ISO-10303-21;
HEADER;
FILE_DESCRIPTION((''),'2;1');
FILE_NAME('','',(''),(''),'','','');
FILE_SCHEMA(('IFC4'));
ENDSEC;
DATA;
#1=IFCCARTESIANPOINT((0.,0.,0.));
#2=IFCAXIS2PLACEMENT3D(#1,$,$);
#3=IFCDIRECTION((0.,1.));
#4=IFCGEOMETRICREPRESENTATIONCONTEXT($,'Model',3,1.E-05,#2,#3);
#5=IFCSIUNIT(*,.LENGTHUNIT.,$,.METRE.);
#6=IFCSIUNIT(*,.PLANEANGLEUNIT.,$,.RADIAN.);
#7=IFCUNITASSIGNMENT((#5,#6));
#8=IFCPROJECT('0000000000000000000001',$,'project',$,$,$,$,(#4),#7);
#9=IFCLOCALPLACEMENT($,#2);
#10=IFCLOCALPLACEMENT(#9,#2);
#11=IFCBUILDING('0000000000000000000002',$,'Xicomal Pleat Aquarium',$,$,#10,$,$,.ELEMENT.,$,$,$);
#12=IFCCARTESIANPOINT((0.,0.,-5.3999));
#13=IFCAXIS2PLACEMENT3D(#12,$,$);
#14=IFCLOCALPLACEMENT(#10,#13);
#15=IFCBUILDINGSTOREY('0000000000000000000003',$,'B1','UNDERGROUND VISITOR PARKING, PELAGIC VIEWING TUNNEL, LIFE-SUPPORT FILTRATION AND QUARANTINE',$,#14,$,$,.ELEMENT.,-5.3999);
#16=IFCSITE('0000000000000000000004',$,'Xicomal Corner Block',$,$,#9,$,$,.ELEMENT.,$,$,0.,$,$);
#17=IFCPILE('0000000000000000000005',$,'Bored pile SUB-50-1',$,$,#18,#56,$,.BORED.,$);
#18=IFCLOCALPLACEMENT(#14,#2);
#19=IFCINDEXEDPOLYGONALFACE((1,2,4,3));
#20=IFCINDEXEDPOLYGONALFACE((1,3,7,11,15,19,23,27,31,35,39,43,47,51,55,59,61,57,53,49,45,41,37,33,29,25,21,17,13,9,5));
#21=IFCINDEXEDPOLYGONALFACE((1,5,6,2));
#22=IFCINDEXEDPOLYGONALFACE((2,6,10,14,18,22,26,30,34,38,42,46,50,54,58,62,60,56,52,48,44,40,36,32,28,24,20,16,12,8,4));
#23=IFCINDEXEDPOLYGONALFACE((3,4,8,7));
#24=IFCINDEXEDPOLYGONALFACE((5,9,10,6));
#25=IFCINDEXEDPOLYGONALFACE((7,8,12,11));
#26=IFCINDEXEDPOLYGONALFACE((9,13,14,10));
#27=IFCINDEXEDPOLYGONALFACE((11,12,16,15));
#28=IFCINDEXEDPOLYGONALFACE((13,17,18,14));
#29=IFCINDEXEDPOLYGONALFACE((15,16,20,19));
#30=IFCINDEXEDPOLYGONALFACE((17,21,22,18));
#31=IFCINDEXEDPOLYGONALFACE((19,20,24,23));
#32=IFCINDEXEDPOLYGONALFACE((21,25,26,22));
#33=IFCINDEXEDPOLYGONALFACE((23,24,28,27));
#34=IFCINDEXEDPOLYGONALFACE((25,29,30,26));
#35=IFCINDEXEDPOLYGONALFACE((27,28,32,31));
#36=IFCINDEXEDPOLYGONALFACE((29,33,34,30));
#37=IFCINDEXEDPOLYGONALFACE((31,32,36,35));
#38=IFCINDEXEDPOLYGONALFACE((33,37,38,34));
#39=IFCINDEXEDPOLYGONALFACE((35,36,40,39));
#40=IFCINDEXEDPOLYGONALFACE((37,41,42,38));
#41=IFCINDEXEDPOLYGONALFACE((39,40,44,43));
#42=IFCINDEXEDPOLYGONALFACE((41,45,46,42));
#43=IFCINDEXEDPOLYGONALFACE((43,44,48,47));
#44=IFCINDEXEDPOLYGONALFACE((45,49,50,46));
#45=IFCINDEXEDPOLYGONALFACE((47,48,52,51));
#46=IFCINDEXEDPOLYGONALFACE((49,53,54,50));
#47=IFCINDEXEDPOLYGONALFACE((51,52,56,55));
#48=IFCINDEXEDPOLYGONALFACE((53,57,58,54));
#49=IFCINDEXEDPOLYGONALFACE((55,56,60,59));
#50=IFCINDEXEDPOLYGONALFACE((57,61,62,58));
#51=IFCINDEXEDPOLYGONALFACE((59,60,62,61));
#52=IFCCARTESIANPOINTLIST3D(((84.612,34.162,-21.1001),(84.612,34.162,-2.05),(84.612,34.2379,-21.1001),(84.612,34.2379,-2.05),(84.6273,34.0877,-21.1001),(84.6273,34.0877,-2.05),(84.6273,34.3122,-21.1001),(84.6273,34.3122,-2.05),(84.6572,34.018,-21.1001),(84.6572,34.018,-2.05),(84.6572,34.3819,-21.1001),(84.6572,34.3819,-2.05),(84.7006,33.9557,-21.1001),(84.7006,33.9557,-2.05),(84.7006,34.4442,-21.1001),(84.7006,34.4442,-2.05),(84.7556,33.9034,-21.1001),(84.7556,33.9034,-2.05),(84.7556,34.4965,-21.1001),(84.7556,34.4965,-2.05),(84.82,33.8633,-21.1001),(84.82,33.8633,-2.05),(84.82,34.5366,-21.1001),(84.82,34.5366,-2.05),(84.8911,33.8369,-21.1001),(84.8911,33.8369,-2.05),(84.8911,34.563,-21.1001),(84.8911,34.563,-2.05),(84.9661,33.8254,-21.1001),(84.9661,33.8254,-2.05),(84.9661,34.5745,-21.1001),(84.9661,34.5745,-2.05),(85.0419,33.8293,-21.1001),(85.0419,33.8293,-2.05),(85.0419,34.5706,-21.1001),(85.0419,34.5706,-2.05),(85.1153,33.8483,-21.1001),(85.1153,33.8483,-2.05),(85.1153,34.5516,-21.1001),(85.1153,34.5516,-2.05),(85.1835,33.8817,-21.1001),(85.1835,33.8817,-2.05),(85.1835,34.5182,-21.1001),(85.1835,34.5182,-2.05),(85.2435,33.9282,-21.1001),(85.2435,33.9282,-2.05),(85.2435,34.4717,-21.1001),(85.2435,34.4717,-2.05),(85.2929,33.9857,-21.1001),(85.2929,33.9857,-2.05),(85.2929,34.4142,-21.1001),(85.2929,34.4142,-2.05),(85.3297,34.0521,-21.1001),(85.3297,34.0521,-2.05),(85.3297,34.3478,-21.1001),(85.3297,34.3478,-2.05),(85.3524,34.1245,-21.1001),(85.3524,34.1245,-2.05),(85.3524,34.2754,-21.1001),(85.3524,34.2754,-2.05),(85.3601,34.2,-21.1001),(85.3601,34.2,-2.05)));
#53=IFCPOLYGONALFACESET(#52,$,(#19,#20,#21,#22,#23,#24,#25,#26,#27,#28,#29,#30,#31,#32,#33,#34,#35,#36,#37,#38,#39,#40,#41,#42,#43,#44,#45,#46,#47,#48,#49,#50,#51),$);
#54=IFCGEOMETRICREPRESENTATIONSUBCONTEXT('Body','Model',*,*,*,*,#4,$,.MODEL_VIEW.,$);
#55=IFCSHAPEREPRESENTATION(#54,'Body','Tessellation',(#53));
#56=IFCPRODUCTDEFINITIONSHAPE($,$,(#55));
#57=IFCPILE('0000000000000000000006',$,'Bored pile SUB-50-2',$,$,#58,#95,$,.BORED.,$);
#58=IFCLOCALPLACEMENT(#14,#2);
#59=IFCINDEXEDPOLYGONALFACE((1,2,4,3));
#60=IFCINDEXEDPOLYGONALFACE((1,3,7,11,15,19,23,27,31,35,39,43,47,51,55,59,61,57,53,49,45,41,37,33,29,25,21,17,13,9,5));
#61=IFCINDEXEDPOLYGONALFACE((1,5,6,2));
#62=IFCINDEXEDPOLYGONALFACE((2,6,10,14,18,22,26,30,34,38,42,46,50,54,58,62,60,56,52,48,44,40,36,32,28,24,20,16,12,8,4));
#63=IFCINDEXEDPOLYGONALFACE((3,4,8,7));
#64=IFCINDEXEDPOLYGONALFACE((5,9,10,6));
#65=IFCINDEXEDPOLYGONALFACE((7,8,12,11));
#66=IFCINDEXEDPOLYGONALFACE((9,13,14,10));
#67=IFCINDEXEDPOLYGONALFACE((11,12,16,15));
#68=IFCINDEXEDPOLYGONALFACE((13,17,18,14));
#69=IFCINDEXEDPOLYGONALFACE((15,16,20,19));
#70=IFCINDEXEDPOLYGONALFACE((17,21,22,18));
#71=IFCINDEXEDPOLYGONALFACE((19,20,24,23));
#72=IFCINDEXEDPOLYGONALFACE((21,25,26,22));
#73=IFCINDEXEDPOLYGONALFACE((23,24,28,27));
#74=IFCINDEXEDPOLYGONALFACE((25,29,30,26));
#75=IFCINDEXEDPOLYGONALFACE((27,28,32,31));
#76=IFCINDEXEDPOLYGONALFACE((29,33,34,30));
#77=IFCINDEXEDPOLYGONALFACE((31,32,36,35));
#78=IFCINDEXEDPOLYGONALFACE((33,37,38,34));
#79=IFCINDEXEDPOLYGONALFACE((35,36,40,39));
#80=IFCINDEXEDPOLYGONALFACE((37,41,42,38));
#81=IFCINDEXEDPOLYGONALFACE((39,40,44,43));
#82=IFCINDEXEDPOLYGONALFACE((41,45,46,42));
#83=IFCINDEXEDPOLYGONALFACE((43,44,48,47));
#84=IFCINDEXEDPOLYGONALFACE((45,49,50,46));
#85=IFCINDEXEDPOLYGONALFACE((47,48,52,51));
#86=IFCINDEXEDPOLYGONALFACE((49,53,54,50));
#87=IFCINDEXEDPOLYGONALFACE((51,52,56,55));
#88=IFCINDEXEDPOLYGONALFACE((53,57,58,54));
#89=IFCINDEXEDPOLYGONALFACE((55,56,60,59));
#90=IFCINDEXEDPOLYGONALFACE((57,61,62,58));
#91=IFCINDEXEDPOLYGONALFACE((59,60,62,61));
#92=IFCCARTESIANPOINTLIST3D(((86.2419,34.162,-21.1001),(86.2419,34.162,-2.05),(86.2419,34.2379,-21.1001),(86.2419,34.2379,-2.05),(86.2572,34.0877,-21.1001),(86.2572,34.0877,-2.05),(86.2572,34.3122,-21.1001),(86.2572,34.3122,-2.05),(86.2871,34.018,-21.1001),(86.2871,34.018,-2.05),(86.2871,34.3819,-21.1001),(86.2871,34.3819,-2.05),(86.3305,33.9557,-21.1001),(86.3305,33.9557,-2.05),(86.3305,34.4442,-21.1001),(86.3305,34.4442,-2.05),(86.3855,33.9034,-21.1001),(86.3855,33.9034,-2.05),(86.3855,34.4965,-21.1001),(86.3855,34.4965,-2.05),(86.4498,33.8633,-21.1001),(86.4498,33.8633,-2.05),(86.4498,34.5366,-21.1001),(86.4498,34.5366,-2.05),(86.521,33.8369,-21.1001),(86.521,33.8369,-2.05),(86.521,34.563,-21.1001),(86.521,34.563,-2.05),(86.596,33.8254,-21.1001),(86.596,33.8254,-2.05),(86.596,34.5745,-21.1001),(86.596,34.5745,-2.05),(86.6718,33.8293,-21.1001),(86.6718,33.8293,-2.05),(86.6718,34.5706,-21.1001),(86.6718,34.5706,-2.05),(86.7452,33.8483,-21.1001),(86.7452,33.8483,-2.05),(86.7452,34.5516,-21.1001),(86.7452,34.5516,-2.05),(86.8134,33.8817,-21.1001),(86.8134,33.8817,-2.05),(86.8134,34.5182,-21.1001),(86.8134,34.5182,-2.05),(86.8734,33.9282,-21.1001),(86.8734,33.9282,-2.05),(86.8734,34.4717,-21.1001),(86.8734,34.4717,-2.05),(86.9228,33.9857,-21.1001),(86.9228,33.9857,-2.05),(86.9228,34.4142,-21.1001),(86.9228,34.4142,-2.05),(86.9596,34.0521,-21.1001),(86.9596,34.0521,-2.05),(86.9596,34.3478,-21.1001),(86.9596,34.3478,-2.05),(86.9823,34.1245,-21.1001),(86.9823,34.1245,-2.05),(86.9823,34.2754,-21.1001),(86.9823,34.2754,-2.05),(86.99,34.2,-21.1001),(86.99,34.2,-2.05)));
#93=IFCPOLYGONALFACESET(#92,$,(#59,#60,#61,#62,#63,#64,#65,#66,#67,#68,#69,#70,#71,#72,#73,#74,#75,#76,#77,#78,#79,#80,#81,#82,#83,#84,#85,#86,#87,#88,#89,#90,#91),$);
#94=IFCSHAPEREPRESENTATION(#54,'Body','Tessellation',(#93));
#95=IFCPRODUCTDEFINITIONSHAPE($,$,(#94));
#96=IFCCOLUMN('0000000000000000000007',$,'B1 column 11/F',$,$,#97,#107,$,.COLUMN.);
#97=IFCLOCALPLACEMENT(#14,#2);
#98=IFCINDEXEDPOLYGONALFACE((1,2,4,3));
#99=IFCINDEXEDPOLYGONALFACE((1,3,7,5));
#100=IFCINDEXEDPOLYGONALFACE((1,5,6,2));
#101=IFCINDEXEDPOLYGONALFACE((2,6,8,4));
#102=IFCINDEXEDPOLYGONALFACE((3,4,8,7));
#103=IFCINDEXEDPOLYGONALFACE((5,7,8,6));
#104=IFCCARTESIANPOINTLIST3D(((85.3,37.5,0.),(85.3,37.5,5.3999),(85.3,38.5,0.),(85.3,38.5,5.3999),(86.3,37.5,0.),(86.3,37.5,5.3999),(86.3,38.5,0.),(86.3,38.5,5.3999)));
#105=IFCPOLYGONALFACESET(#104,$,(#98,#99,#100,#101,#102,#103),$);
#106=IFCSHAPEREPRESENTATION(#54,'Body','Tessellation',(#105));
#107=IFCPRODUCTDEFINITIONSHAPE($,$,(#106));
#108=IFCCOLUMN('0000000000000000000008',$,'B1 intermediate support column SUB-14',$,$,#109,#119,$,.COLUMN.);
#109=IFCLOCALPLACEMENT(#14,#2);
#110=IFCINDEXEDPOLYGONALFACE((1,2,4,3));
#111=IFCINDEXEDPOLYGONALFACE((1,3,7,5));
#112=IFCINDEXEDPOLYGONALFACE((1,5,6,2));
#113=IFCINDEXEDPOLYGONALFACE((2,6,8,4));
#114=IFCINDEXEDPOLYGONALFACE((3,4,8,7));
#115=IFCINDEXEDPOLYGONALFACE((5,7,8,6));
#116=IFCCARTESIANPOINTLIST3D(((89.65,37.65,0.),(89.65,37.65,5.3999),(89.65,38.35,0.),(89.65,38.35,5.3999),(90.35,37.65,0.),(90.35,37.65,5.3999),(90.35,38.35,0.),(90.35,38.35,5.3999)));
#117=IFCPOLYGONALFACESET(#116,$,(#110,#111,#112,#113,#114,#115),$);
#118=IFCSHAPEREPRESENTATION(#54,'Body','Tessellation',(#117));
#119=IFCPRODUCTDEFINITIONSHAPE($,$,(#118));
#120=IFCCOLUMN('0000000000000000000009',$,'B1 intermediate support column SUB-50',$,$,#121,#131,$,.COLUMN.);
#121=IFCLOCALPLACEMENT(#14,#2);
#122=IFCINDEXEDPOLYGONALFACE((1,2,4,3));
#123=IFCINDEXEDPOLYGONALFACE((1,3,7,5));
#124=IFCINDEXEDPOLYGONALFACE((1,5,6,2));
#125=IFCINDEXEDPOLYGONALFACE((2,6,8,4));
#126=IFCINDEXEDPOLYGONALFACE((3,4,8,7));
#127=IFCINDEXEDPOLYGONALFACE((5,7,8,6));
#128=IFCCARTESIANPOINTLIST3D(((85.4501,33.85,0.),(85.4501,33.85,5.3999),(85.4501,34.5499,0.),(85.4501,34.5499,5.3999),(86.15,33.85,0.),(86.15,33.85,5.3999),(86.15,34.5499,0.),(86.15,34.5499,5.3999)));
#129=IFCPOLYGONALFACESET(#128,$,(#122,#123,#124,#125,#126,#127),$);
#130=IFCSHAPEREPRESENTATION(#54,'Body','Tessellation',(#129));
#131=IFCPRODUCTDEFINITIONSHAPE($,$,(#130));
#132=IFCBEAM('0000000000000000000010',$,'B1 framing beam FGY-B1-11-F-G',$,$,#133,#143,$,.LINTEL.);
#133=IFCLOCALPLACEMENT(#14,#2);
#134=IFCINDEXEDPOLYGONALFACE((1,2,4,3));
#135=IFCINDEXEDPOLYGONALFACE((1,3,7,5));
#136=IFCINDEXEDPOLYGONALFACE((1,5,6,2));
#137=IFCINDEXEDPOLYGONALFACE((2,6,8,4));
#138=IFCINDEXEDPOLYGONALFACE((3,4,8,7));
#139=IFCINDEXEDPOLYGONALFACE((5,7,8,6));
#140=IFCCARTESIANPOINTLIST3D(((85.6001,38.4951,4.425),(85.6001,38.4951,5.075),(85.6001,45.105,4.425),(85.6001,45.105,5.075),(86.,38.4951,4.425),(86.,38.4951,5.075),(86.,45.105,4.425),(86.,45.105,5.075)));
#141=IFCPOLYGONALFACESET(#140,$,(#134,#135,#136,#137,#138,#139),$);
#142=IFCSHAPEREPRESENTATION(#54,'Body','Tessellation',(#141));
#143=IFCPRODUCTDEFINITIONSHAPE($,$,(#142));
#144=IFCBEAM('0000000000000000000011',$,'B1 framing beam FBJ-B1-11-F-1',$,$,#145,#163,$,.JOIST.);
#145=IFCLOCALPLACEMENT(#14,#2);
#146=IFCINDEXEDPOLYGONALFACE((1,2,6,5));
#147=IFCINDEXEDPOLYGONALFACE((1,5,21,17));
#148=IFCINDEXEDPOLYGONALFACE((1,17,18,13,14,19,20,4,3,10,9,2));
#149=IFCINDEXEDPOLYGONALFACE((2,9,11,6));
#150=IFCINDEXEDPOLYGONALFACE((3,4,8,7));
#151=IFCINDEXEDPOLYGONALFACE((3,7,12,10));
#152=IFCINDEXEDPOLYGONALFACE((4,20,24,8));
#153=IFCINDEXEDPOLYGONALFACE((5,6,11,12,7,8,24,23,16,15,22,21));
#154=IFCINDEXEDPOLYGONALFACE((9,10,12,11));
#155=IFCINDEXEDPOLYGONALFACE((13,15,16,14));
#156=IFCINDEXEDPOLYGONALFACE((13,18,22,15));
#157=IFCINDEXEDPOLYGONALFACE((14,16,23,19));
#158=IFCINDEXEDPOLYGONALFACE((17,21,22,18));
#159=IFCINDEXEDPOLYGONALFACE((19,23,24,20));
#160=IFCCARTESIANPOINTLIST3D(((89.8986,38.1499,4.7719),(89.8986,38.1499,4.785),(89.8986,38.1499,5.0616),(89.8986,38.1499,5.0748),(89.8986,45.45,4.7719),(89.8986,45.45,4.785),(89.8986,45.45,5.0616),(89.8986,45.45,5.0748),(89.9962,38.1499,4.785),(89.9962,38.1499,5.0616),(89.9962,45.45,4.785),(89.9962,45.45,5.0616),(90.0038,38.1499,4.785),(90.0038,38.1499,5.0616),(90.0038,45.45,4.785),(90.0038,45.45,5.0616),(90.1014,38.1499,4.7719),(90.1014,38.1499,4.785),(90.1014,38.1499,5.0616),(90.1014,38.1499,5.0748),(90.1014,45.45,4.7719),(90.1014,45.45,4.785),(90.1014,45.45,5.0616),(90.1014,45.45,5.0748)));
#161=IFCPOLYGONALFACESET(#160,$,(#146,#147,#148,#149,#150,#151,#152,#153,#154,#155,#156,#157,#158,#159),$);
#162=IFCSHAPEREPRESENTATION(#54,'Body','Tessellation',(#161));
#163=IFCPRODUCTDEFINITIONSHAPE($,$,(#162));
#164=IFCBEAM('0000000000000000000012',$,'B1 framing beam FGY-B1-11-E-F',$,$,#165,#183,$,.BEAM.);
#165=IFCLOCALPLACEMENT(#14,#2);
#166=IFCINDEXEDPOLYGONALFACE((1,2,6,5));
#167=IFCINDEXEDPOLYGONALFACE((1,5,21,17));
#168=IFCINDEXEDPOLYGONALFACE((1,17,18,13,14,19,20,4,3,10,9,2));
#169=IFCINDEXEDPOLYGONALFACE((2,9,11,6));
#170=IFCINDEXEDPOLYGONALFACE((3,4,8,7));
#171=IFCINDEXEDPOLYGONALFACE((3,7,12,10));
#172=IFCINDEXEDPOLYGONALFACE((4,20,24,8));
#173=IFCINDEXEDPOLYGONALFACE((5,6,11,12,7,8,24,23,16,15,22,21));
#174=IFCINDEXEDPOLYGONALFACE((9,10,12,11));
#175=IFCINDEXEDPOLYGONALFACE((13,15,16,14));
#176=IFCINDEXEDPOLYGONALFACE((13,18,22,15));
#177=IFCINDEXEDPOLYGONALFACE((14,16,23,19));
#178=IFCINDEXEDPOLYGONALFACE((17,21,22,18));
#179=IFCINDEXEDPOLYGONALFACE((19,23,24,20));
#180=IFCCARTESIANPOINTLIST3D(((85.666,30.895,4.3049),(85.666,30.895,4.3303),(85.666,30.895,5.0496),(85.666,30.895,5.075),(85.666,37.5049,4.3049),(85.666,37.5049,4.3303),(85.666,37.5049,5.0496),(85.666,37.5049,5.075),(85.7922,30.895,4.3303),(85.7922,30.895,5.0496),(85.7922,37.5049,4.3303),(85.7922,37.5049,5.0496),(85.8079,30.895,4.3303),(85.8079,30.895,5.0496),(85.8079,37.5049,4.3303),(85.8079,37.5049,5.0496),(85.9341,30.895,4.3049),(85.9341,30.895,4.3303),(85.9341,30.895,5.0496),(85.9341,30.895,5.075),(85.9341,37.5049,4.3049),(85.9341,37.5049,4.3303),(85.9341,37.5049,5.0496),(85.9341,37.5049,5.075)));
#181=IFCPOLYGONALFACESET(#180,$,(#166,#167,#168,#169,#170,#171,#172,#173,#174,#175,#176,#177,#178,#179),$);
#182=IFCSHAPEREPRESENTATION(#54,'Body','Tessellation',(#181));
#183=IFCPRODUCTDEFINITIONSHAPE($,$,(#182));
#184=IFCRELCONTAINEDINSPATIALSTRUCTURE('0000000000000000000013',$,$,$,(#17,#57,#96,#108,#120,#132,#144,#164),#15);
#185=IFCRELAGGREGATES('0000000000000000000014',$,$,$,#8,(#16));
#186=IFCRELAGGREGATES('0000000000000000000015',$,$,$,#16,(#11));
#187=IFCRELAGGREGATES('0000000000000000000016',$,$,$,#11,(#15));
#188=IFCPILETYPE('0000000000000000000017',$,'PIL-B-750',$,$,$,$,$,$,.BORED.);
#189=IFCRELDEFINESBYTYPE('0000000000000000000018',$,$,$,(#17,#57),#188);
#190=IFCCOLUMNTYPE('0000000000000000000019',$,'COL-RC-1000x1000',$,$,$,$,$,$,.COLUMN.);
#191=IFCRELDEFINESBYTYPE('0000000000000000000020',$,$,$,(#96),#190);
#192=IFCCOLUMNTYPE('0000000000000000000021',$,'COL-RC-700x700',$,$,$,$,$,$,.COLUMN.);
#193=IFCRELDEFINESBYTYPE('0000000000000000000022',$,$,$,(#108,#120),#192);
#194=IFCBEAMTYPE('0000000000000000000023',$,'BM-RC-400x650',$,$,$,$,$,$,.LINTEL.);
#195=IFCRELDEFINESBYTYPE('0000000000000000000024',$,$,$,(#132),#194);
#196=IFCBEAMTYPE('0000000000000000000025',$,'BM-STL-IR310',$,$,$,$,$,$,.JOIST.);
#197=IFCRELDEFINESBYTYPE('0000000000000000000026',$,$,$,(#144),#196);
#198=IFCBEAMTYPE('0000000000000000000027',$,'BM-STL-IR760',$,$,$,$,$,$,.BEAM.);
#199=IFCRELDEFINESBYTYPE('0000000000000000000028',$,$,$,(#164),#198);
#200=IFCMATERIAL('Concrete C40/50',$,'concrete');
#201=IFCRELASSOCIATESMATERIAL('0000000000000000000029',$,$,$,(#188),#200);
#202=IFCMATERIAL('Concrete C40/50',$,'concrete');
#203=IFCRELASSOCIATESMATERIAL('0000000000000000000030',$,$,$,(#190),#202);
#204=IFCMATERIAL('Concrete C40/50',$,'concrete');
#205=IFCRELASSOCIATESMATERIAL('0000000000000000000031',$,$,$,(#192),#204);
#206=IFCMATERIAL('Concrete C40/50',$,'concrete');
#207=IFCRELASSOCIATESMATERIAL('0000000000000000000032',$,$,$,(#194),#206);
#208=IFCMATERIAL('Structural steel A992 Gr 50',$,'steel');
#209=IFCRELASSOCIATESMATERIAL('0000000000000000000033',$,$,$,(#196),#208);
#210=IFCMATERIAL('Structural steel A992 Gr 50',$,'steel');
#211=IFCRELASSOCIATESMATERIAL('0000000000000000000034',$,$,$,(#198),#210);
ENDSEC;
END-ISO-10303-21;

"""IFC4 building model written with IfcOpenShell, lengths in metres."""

from ifc_helpers import new_model, si_unit, direction, frame, origin, origin_2d, place, context, subcontext, project, spatial, rectangle, circle, i_section, extrude, material, material_profile, profile_set, type_object, element, save


model = new_model("IFC4")

# Units and contexts
model_context = context("Model", 3, precision=1e-05, world=origin(), true_north=direction((0.0, 1.0)))
body_context = subcontext(model_context, "Body", "Model", "MODEL_VIEW")
ifc_project = project(units=[si_unit("LENGTHUNIT", "METRE"), si_unit("PLANEANGLEUNIT", "RADIAN")], contexts=[model_context])

# Site, building, storey
site_placement = place(None, origin())
site = spatial("IfcSite", under=ifc_project, at=site_placement, Name="Xicomal Corner Block", CompositionType="ELEMENT", RefElevation=0.0)
building_placement = place(site_placement, origin())
building = spatial("IfcBuilding", under=site, at=building_placement, Name="Xicomal Pleat Aquarium", CompositionType="ELEMENT")
storey_placement = place(building_placement, frame((0.0, 0.0, -5.3999)))
storey = spatial("IfcBuildingStorey", under=building, at=storey_placement, Name="B1", Description="UNDERGROUND VISITOR PARKING, PELAGIC VIEWING TUNNEL, LIFE-SUPPORT FILTRATION AND QUARANTINE", CompositionType="ELEMENT", Elevation=-5.3999)

# Piles
ifc_material_1 = material(Name="Concrete C40/50", Category="concrete")
ifc_material_profile_1 = material_profile(ifc_material_1, circle(Radius=0.375, at=origin_2d()), Name="BORED PILE D750")
ifc_profile_set_1 = profile_set([ifc_material_profile_1], Name="Concrete C40/50")
pile_type_1 = type_object("IfcPileType", Name="PIL-B-750", PredefinedType="BORED", material=ifc_profile_set_1)
for number, where, z_axis, x_axis, name in (
    (1, (84.9851, 34.2, -2.05), (0.0, 0.0, -1.0), (1.0, 0.0, 0.0), "Bored pile SUB-50-1"),
    (2, (86.615, 34.2, -2.05), (0.0, 0.0, -1.0), (1.0, 0.0, 0.0), "Bored pile SUB-50-2"),
):
    element("IfcPile", number, at=place(storey_placement, frame(where, z_axis=z_axis, x_axis=x_axis)), inside=storey, type_object=pile_type_1, Name=name, PredefinedType="BORED", context=body_context, shape_type="SweptSolid", body=[
        extrude(circle(Radius=0.375, at=origin_2d()), origin(), (0.0, 0.0, 1.0), 19.05),
    ])

# Columns
ifc_material_2 = material(Name="Concrete C40/50", Category="concrete")
ifc_material_profile_2 = material_profile(ifc_material_2, rectangle(XDim=1.0, YDim=1.0, at=origin_2d()), Name="RC 1000x1000")
ifc_profile_set_2 = profile_set([ifc_material_profile_2], Name="Concrete C40/50")
column_type_1 = type_object("IfcColumnType", Name="COL-RC-1000x1000", PredefinedType="COLUMN", material=ifc_profile_set_2)
column_placement = place(storey_placement, frame((85.8, 38.0, 0.0), z_axis=(0.0, 0.0, 1.0), x_axis=(1.0, 0.0, 0.0)))
element("IfcColumn", 3, at=column_placement, inside=storey, type_object=column_type_1, Name="B1 column 11/F", PredefinedType="COLUMN", context=body_context, shape_type="SweptSolid", body=[
    extrude(rectangle(XDim=1.0, YDim=1.0, at=origin_2d()), origin(), (0.0, 0.0, 1.0), 5.3999),
])
ifc_material_3 = material(Name="Concrete C40/50", Category="concrete")
ifc_material_profile_3 = material_profile(ifc_material_3, rectangle(XDim=0.7, YDim=0.7, at=origin_2d()), Name="RC 700x700")
ifc_profile_set_3 = profile_set([ifc_material_profile_3], Name="Concrete C40/50")
column_type_2 = type_object("IfcColumnType", Name="COL-RC-700x700", PredefinedType="COLUMN", material=ifc_profile_set_3)
for number, where, z_axis, x_axis, name in (
    (4, (90.0, 38.0, 0.0), (0.0, 0.0, 1.0), (1.0, 0.0, 0.0), "B1 intermediate support column SUB-14"),
    (5, (85.8, 34.2, 0.0), (0.0, 0.0, 1.0), (1.0, 0.0, 0.0), "B1 intermediate support column SUB-50"),
):
    element("IfcColumn", number, at=place(storey_placement, frame(where, z_axis=z_axis, x_axis=x_axis)), inside=storey, type_object=column_type_2, Name=name, PredefinedType="COLUMN", context=body_context, shape_type="SweptSolid", body=[
        extrude(rectangle(XDim=0.7, YDim=0.7, at=origin_2d()), origin(), (0.0, 0.0, 1.0), 5.3999),
    ])

# Beams
ifc_material_4 = material(Name="Concrete C40/50", Category="concrete")
ifc_material_profile_4 = material_profile(ifc_material_4, rectangle(XDim=0.3999, YDim=0.6499, at=origin_2d()), Name="RC 400x650")
ifc_profile_set_4 = profile_set([ifc_material_profile_4], Name="Concrete C40/50")
beam_type_1 = type_object("IfcBeamType", Name="BM-RC-400x650", PredefinedType="LINTEL", material=ifc_profile_set_4)
beam_1_placement = place(storey_placement, frame((85.8, 38.4951, 4.75), z_axis=(0.0, 1.0, 0.0), x_axis=(-1.0, 0.0, 0.0)))
element("IfcBeam", 6, at=beam_1_placement, inside=storey, type_object=beam_type_1, Name="B1 framing beam FGY-B1-11-F-G", PredefinedType="LINTEL", context=body_context, shape_type="SweptSolid", body=[
    extrude(rectangle(XDim=0.3999, YDim=0.6499, at=origin_2d()), origin(), (0.0, 0.0, 1.0), 6.6099),
])
ifc_material_5 = material(Name="Structural steel A992 Gr 50", Category="steel")
ifc_material_profile_5 = material_profile(ifc_material_5, i_section(OverallWidth=0.2029, OverallDepth=0.303, WebThickness=0.0076, FlangeThickness=0.0132, at=origin_2d()), Name="IR 310x60")
ifc_profile_set_5 = profile_set([ifc_material_profile_5], Name="Structural steel A992 Gr 50")
beam_type_2 = type_object("IfcBeamType", Name="BM-STL-IR310", PredefinedType="JOIST", material=ifc_profile_set_5)
beam_2_placement = place(storey_placement, frame((90.0, 38.1499, 4.9233), z_axis=(0.0, 1.0, 0.0), x_axis=(-1.0, 0.0, 0.0)))
element("IfcBeam", 7, at=beam_2_placement, inside=storey, type_object=beam_type_2, Name="B1 framing beam FBJ-B1-11-F-1", PredefinedType="JOIST", context=body_context, shape_type="SweptSolid", body=[
    extrude(i_section(OverallWidth=0.2029, OverallDepth=0.303, WebThickness=0.0076, FlangeThickness=0.0132, at=origin_2d()), origin(), (0.0, 0.0, 1.0), 7.3),
])
ifc_material_6 = material(Name="Structural steel A992 Gr 50", Category="steel")
ifc_material_profile_6 = material_profile(ifc_material_6, i_section(OverallWidth=0.2681, OverallDepth=0.77, WebThickness=0.0156, FlangeThickness=0.0254, at=origin_2d()), Name="IR 760x196")
ifc_profile_set_6 = profile_set([ifc_material_profile_6], Name="Structural steel A992 Gr 50")
beam_type_3 = type_object("IfcBeamType", Name="BM-STL-IR760", PredefinedType="BEAM", material=ifc_profile_set_6)
beam_3_placement = place(storey_placement, frame((85.8, 30.895, 4.6899), z_axis=(0.0, 1.0, 0.0), x_axis=(-1.0, 0.0, 0.0)))
element("IfcBeam", 8, at=beam_3_placement, inside=storey, type_object=beam_type_3, Name="B1 framing beam FGY-B1-11-E-F", PredefinedType="BEAM", context=body_context, shape_type="SweptSolid", body=[
    extrude(i_section(OverallWidth=0.2681, OverallDepth=0.77, WebThickness=0.0156, FlangeThickness=0.0254, at=origin_2d()), origin(), (0.0, 0.0, 1.0), 6.6099),
])

save(model, "model.ifc")
